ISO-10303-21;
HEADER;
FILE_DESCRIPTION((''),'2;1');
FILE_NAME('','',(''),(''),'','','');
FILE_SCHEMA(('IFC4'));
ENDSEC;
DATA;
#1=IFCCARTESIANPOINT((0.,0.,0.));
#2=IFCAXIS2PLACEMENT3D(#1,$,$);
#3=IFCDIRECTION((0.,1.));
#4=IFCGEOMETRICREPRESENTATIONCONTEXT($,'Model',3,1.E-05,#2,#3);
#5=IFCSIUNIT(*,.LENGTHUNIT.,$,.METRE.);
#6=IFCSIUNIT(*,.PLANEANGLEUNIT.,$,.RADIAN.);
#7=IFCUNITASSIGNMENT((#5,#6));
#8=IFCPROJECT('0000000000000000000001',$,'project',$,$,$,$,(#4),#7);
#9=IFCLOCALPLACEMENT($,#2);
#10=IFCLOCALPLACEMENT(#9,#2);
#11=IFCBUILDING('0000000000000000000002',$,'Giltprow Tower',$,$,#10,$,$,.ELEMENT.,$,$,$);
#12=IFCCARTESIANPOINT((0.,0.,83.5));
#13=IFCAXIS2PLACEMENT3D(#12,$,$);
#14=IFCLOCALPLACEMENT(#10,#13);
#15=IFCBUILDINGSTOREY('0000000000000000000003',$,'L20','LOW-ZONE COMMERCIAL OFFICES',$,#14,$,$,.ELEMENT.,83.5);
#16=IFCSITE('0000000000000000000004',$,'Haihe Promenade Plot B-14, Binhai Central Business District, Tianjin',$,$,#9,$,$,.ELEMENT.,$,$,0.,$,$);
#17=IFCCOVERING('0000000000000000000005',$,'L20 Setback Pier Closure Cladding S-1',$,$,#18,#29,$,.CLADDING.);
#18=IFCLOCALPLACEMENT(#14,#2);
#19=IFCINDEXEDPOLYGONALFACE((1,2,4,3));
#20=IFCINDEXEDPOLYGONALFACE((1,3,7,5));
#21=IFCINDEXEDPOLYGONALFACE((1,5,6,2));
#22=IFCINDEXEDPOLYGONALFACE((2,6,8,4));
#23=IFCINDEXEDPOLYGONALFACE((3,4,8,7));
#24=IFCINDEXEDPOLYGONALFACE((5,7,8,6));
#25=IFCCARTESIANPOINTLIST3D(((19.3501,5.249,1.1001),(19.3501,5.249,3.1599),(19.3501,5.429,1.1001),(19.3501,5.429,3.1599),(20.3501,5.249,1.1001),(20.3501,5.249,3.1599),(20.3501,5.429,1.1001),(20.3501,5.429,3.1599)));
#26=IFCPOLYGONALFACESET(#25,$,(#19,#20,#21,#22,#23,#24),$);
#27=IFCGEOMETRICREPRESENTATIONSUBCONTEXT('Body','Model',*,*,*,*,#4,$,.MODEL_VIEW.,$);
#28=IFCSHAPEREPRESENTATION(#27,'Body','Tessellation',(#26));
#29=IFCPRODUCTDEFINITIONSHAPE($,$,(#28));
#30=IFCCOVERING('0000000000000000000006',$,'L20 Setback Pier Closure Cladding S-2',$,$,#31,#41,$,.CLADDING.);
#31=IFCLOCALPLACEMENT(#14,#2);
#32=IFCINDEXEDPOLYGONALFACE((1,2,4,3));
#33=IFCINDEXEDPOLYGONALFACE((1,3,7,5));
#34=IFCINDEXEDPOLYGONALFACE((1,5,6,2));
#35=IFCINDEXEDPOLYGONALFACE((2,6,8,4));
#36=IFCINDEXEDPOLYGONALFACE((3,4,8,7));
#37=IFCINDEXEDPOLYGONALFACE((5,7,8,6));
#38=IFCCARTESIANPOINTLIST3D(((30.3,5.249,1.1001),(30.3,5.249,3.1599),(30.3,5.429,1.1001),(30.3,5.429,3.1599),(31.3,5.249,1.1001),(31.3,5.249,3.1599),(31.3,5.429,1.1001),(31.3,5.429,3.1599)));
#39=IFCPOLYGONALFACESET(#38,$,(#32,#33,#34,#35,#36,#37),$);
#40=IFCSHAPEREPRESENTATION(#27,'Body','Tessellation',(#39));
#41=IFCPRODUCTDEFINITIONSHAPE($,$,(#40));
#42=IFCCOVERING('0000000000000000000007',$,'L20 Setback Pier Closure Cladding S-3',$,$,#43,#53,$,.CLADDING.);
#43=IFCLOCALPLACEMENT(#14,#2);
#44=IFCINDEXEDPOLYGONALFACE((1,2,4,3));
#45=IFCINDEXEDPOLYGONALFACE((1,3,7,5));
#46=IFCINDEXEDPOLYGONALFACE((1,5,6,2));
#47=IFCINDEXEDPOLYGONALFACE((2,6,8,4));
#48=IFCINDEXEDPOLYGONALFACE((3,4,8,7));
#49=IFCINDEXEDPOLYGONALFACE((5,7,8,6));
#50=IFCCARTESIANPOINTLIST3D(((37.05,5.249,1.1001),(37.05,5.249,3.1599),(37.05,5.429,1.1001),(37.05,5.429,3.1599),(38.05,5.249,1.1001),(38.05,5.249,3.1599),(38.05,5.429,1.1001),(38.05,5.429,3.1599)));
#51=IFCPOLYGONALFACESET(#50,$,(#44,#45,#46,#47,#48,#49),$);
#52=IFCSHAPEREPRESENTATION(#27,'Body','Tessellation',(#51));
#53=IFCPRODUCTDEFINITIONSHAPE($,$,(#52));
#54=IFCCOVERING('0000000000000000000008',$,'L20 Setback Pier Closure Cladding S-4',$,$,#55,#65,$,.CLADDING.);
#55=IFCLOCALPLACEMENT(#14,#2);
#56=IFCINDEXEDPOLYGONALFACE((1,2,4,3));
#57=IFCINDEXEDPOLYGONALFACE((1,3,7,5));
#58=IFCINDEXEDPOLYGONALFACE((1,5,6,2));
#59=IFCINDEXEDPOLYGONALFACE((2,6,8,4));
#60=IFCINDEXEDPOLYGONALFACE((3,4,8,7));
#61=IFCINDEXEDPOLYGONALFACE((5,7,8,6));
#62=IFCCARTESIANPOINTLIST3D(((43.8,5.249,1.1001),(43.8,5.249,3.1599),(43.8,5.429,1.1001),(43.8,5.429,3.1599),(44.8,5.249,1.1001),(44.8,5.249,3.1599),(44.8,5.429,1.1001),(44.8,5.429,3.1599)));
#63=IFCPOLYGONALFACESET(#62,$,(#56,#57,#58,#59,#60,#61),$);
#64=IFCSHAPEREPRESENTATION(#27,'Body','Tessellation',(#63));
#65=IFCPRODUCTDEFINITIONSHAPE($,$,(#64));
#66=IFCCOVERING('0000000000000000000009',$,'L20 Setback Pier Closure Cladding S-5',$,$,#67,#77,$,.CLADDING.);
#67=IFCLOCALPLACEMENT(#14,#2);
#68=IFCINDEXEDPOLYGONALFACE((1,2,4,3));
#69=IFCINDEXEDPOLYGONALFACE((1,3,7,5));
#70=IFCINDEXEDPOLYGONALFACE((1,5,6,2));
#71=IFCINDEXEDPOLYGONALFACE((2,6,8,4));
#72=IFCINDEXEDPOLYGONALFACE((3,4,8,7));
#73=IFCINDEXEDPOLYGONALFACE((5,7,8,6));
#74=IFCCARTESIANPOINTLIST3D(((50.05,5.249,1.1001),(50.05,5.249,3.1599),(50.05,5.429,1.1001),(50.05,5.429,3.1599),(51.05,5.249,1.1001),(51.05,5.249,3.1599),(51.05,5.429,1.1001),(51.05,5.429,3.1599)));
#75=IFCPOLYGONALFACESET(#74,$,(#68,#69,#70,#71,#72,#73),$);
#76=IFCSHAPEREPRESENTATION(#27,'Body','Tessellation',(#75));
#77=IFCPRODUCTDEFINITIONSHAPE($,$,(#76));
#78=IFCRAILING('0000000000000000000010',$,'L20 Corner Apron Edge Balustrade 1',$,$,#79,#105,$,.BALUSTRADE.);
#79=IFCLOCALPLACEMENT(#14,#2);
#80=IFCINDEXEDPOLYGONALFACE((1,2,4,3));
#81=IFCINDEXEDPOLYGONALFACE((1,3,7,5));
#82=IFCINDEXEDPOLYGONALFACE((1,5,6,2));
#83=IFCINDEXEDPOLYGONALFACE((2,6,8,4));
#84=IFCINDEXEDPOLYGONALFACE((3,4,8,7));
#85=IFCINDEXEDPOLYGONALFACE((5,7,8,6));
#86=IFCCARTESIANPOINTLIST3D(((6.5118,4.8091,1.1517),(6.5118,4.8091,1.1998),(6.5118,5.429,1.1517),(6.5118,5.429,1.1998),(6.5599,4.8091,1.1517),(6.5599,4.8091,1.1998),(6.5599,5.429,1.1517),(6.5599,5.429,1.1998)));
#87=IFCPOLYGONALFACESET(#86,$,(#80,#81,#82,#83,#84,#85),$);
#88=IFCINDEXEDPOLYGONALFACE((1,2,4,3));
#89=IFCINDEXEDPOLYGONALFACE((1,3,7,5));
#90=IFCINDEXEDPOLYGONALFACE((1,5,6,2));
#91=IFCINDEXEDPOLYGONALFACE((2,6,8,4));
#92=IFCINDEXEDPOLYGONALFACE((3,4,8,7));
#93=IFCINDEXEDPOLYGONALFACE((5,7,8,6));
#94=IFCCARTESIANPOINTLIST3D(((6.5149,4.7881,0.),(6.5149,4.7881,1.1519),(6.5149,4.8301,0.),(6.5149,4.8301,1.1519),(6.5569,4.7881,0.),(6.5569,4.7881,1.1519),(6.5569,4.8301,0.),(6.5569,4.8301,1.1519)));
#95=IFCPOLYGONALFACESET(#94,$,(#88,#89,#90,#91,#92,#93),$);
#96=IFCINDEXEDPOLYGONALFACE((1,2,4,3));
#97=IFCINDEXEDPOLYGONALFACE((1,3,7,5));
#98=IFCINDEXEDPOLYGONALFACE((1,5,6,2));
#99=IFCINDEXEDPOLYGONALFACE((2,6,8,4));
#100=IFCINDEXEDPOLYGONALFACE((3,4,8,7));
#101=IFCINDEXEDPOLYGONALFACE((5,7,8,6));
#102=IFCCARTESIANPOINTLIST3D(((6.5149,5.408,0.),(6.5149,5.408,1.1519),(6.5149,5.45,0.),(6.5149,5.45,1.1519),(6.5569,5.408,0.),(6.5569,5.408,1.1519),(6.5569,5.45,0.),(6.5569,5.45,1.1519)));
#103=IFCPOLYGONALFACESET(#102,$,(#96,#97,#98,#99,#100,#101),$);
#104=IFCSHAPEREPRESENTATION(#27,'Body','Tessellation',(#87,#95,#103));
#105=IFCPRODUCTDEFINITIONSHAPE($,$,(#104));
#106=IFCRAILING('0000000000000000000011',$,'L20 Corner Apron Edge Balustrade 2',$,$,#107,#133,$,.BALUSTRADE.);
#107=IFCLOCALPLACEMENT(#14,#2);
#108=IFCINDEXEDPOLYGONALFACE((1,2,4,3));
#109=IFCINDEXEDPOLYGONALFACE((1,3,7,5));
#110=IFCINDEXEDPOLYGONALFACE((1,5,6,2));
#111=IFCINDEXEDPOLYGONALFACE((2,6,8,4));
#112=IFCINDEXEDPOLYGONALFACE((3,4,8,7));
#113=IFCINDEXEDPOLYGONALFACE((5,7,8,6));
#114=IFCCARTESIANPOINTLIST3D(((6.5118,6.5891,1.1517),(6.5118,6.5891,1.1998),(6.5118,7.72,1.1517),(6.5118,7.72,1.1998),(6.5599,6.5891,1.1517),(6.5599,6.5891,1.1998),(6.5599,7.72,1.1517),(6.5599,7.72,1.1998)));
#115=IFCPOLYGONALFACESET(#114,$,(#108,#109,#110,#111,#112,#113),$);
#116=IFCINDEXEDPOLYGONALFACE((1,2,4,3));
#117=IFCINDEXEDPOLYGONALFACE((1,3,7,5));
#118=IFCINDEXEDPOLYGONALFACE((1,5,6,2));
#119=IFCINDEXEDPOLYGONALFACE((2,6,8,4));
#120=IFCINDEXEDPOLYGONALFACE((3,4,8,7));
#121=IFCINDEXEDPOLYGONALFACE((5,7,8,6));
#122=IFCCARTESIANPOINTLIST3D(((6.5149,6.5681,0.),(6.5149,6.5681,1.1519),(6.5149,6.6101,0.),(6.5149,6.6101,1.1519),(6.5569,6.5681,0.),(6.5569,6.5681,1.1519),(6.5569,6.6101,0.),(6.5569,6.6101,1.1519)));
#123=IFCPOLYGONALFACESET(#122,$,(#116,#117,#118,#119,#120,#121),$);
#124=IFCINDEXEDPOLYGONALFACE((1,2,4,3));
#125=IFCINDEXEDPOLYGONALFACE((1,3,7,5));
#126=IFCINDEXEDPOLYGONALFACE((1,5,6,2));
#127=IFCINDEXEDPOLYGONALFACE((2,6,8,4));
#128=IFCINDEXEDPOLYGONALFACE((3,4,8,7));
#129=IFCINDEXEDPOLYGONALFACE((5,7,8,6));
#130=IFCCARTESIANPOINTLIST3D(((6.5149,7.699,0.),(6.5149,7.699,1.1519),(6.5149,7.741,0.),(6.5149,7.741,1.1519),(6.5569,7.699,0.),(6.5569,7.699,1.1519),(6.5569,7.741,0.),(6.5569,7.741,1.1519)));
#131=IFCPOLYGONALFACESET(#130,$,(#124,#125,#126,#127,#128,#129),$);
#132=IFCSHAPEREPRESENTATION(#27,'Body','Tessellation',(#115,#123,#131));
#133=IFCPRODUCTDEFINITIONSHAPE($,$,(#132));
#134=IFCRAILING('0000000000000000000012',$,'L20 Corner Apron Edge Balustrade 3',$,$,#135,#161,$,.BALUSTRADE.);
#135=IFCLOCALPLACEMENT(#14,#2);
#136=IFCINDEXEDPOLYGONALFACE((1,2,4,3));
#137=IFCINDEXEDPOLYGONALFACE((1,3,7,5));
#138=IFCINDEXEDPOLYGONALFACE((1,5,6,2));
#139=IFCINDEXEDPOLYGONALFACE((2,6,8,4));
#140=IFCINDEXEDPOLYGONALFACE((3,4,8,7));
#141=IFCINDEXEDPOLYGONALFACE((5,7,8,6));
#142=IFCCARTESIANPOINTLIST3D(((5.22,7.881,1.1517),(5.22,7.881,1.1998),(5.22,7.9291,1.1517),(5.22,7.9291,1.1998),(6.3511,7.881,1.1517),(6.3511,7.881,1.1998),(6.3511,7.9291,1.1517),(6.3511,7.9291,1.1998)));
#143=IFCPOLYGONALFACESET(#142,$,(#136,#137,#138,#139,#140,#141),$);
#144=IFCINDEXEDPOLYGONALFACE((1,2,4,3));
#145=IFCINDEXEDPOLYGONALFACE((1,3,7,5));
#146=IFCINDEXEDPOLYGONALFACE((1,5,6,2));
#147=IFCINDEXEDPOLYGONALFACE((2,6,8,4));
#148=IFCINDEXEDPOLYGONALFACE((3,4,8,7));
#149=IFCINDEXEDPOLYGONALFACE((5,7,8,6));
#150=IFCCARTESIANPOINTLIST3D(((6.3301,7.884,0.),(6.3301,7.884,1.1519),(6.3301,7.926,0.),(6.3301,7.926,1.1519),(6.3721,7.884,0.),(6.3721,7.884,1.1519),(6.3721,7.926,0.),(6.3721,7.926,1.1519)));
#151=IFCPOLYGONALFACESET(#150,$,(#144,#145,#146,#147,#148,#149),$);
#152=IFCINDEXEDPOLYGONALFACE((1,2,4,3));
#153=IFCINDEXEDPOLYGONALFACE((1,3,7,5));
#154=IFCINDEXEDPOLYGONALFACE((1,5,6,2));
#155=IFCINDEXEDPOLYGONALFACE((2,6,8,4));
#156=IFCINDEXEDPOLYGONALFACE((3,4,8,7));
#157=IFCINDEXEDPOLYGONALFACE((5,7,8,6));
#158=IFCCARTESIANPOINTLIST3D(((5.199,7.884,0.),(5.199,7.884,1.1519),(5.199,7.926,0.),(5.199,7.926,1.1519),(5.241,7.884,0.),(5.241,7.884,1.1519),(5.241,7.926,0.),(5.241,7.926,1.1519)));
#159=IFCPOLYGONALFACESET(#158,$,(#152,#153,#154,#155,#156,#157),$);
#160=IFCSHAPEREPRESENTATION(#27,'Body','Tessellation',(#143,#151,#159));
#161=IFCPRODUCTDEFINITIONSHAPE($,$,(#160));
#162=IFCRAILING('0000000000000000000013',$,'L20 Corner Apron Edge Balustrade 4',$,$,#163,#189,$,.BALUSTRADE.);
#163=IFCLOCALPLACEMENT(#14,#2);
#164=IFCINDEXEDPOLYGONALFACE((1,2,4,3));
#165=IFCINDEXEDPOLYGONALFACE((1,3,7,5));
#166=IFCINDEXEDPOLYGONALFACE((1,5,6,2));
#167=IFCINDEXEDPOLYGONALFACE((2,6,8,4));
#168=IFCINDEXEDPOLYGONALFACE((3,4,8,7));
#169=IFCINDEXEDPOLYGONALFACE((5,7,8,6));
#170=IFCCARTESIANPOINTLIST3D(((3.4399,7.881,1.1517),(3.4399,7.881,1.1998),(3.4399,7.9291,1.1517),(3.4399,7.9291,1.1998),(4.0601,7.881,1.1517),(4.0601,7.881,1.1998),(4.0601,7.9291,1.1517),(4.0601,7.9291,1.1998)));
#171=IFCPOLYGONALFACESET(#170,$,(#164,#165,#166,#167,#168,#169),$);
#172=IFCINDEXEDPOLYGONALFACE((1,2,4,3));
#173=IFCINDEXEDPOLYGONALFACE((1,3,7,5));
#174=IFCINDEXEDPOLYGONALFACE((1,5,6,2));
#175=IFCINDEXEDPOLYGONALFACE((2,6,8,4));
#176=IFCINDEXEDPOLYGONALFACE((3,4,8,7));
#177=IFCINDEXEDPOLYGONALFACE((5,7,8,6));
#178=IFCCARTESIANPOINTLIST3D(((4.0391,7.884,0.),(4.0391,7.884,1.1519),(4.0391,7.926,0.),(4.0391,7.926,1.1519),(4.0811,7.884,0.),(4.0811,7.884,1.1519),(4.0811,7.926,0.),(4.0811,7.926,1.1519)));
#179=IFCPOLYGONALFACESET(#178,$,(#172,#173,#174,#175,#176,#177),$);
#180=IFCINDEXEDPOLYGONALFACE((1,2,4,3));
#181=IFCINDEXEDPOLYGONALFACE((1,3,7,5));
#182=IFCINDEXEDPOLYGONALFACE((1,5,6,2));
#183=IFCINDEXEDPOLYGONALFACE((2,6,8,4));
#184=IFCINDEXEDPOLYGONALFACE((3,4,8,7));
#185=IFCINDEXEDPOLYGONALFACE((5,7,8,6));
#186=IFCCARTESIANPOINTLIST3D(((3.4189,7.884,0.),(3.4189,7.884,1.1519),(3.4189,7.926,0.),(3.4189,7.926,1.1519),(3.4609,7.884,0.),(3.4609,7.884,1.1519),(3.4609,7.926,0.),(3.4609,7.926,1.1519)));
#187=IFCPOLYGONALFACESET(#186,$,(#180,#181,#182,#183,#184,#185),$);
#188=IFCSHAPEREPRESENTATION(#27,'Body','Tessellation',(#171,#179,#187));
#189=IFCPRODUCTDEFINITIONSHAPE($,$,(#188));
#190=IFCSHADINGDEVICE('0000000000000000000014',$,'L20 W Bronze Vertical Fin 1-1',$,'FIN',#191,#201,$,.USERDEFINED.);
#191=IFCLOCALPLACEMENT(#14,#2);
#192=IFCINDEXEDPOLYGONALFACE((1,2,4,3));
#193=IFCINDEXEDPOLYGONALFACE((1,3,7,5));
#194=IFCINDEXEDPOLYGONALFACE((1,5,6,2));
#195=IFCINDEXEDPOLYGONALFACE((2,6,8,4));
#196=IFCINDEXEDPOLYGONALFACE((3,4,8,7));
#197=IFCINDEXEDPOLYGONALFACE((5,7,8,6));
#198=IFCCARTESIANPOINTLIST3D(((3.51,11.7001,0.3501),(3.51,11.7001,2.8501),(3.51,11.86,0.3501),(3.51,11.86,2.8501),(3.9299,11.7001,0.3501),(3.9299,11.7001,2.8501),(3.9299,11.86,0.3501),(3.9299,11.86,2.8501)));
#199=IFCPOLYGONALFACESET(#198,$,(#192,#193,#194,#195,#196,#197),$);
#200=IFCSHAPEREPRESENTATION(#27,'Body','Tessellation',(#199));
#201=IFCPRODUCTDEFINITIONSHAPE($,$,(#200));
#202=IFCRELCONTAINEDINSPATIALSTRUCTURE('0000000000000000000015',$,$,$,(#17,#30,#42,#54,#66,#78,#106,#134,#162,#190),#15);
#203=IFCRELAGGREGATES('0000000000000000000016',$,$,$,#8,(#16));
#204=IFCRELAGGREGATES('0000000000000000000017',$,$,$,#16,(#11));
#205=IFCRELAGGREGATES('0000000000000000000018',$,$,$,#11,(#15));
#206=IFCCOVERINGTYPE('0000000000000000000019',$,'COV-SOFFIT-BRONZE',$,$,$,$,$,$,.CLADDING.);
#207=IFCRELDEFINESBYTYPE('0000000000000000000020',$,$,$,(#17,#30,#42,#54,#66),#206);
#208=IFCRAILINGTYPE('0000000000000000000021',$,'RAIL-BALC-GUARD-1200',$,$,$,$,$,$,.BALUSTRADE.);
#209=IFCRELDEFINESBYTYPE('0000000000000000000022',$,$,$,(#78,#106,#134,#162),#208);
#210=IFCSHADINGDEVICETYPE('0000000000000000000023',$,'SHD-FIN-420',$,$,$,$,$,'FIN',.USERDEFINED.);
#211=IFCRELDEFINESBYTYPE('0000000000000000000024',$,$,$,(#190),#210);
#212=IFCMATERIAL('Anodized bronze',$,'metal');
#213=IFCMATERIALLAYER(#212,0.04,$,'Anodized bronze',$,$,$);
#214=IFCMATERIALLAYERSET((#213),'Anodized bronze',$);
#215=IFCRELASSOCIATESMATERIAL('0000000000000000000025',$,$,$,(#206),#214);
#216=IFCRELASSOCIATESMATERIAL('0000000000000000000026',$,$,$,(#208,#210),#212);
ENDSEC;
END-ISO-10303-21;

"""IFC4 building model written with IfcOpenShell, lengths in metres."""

from ifc_helpers import new_model, si_unit, direction, frame, origin, origin_2d, place, context, subcontext, project, spatial, polyline, rectangle, outline, extrude, source, transform, mapped, material, layer, layer_set, type_object, element, save


model = new_model("IFC4")

# Units and contexts
model_context = context("Model", 3, precision=1e-05, world=origin(), true_north=direction((0.0, 1.0)))
body_context = subcontext(model_context, "Body", "Model", "MODEL_VIEW")
ifc_project = project(units=[si_unit("LENGTHUNIT", "METRE"), si_unit("PLANEANGLEUNIT", "RADIAN")], contexts=[model_context])

# Site, building, storey
site_placement = place(None, origin())
site = spatial("IfcSite", under=ifc_project, at=site_placement, Name="Haihe Promenade Plot B-14, Binhai Central Business District, Tianjin", CompositionType="ELEMENT", RefElevation=0.0)
building_placement = place(site_placement, origin())
building = spatial("IfcBuilding", under=site, at=building_placement, Name="Giltprow Tower", CompositionType="ELEMENT")
storey_placement = place(building_placement, frame((0.0, 0.0, 83.5)))
storey = spatial("IfcBuildingStorey", under=building, at=storey_placement, Name="L20", Description="LOW-ZONE COMMERCIAL OFFICES", CompositionType="ELEMENT", Elevation=83.5)

# Shared definitions
ifc_material_1 = material(Name="Anodized bronze", Category="metal")

# Coverings
ifc_layer_1 = layer(ifc_material_1, 0.04, Name="Anodized bronze")
ifc_layer_set_1 = layer_set([ifc_layer_1], Name="Anodized bronze")
covering_type_1 = type_object("IfcCoveringType", Name="COV-SOFFIT-BRONZE", PredefinedType="CLADDING", material=ifc_layer_set_1)
covering_1_placement = place(storey_placement, frame((0.0, 0.0, 1.1001)))
element("IfcCovering", 1, at=covering_1_placement, inside=storey, type_object=covering_type_1, Name="L20 Setback Pier Closure Cladding S-1", PredefinedType="CLADDING", context=body_context, shape_type="SweptSolid", body=[
    extrude(outline(polyline([(19.3501, 5.249), (20.3501, 5.249), (20.3501, 5.429), (19.3501, 5.429), (19.3501, 5.249)])), origin(), (0.0, 0.0, 1.0), 2.0598),
])
covering_2_placement = place(storey_placement, frame((0.0, 0.0, 1.1001)))
element("IfcCovering", 2, at=covering_2_placement, inside=storey, type_object=covering_type_1, Name="L20 Setback Pier Closure Cladding S-2", PredefinedType="CLADDING", context=body_context, shape_type="SweptSolid", body=[
    extrude(outline(polyline([(30.3, 5.249), (31.3, 5.249), (31.3, 5.429), (30.3, 5.429), (30.3, 5.249)])), origin(), (0.0, 0.0, 1.0), 2.0598),
])
covering_3_placement = place(storey_placement, frame((0.0, 0.0, 1.1001)))
element("IfcCovering", 3, at=covering_3_placement, inside=storey, type_object=covering_type_1, Name="L20 Setback Pier Closure Cladding S-3", PredefinedType="CLADDING", context=body_context, shape_type="SweptSolid", body=[
    extrude(outline(polyline([(37.05, 5.249), (38.05, 5.249), (38.05, 5.429), (37.05, 5.429), (37.05, 5.249)])), origin(), (0.0, 0.0, 1.0), 2.0598),
])
covering_4_placement = place(storey_placement, frame((0.0, 0.0, 1.1001)))
element("IfcCovering", 4, at=covering_4_placement, inside=storey, type_object=covering_type_1, Name="L20 Setback Pier Closure Cladding S-4", PredefinedType="CLADDING", context=body_context, shape_type="SweptSolid", body=[
    extrude(outline(polyline([(43.8, 5.249), (44.8, 5.249), (44.8, 5.429), (43.8, 5.429), (43.8, 5.249)])), origin(), (0.0, 0.0, 1.0), 2.0598),
])
covering_5_placement = place(storey_placement, frame((0.0, 0.0, 1.1001)))
element("IfcCovering", 5, at=covering_5_placement, inside=storey, type_object=covering_type_1, Name="L20 Setback Pier Closure Cladding S-5", PredefinedType="CLADDING", context=body_context, shape_type="SweptSolid", body=[
    extrude(outline(polyline([(50.05, 5.249), (51.05, 5.249), (51.05, 5.429), (50.05, 5.429), (50.05, 5.249)])), origin(), (0.0, 0.0, 1.0), 2.0598),
])

# Railings
railing_type = type_object("IfcRailingType", Name="RAIL-BALC-GUARD-1200", PredefinedType="BALUSTRADE", material=ifc_material_1)
railing_1_placement = place(storey_placement, frame((6.5359, 4.8091, 0.0)))
element("IfcRailing", 6, at=railing_1_placement, inside=storey, type_object=railing_type, Name="L20 Corner Apron Edge Balustrade 1", PredefinedType="BALUSTRADE", context=body_context, shape_type="SweptSolid", body=[
    extrude(rectangle(XDim=0.0481, YDim=0.0481, at=origin_2d()), frame((0.0, 0.0, 1.1758), z_axis=(0.0, 1.0, 0.0), x_axis=(-1.0, 0.0, 0.0)), (0.0, 0.0, 1.0), 0.6199),
    extrude(rectangle(XDim=0.042, YDim=0.042, at=origin_2d()), origin(), (0.0, 0.0, 1.0), 1.1519),
    extrude(rectangle(XDim=0.042, YDim=0.042, at=origin_2d()), frame((0.0, 0.6199, 0.0)), (0.0, 0.0, 1.0), 1.1519),
])
railing_2_placement = place(storey_placement, frame((6.5359, 6.5891, 0.0)))
element("IfcRailing", 7, at=railing_2_placement, inside=storey, type_object=railing_type, Name="L20 Corner Apron Edge Balustrade 2", PredefinedType="BALUSTRADE", context=body_context, shape_type="SweptSolid", body=[
    extrude(rectangle(XDim=0.0481, YDim=0.0481, at=origin_2d()), frame((0.0, 0.0, 1.1758), z_axis=(0.0, 1.0, 0.0), x_axis=(-1.0, 0.0, 0.0)), (0.0, 0.0, 1.0), 1.1309),
    extrude(rectangle(XDim=0.042, YDim=0.042, at=origin_2d()), origin(), (0.0, 0.0, 1.0), 1.1519),
    extrude(rectangle(XDim=0.042, YDim=0.042, at=origin_2d()), frame((0.0, 1.1309, 0.0)), (0.0, 0.0, 1.0), 1.1519),
])
railing_3_placement = place(storey_placement, frame((6.3511, 7.905, 0.0)))
element("IfcRailing", 8, at=railing_3_placement, inside=storey, type_object=railing_type, Name="L20 Corner Apron Edge Balustrade 3", PredefinedType="BALUSTRADE", context=body_context, shape_type="SweptSolid", body=[
    extrude(rectangle(XDim=0.0481, YDim=0.0481, at=origin_2d()), frame((0.0, 0.0, 1.1758), z_axis=(-1.0, 0.0, 0.0), x_axis=(0.0, -1.0, 0.0)), (0.0, 0.0, 1.0), 1.1311),
    extrude(rectangle(XDim=0.042, YDim=0.042, at=origin_2d()), origin(), (0.0, 0.0, 1.0), 1.1519),
    extrude(rectangle(XDim=0.042, YDim=0.042, at=origin_2d()), frame((-1.1311, 0.0, 0.0)), (0.0, 0.0, 1.0), 1.1519),
])
railing_4_placement = place(storey_placement, frame((4.0601, 7.905, 0.0)))
element("IfcRailing", 9, at=railing_4_placement, inside=storey, type_object=railing_type, Name="L20 Corner Apron Edge Balustrade 4", PredefinedType="BALUSTRADE", context=body_context, shape_type="SweptSolid", body=[
    extrude(rectangle(XDim=0.0481, YDim=0.0481, at=origin_2d()), frame((0.0, 0.0, 1.1758), z_axis=(-1.0, 0.0, 0.0), x_axis=(0.0, -1.0, 0.0)), (0.0, 0.0, 1.0), 0.6201),
    extrude(rectangle(XDim=0.042, YDim=0.042, at=origin_2d()), origin(), (0.0, 0.0, 1.0), 1.1519),
    extrude(rectangle(XDim=0.042, YDim=0.042, at=origin_2d()), frame((-0.6201, 0.0, 0.0)), (0.0, 0.0, 1.0), 1.1519),
])

# Shading device
shading_device_type = type_object("IfcShadingDeviceType", Name="SHD-FIN-420", ElementType="FIN", PredefinedType="USERDEFINED", material=ifc_material_1)
shared_shape_1 = source(origin(), body_context, "Body", "SweptSolid", [
    extrude(rectangle(XDim=0.4199, YDim=0.1599, at=origin_2d()), origin(), (0.0, 0.0, 1.0), 2.5),
])
shading_device_placement = place(storey_placement, frame((3.72, 11.78, 0.3501), z_axis=(0.0, 0.0, 1.0), x_axis=(1.0, 0.0, 0.0)))
element("IfcShadingDevice", 10, at=shading_device_placement, inside=storey, type_object=shading_device_type, Name="L20 W Bronze Vertical Fin 1-1", ObjectType="FIN", PredefinedType="USERDEFINED", context=body_context, shape_type="MappedRepresentation", body=[
    mapped(shared_shape_1, transform((0.0, 0.0, 0.0), x_axis=(1.0, 0.0, 0.0), y_axis=(0.0, 1.0, 0.0), z_axis=(0.0, 0.0, 1.0), scale=1.0)),
])

save(model, "model.ifc")
